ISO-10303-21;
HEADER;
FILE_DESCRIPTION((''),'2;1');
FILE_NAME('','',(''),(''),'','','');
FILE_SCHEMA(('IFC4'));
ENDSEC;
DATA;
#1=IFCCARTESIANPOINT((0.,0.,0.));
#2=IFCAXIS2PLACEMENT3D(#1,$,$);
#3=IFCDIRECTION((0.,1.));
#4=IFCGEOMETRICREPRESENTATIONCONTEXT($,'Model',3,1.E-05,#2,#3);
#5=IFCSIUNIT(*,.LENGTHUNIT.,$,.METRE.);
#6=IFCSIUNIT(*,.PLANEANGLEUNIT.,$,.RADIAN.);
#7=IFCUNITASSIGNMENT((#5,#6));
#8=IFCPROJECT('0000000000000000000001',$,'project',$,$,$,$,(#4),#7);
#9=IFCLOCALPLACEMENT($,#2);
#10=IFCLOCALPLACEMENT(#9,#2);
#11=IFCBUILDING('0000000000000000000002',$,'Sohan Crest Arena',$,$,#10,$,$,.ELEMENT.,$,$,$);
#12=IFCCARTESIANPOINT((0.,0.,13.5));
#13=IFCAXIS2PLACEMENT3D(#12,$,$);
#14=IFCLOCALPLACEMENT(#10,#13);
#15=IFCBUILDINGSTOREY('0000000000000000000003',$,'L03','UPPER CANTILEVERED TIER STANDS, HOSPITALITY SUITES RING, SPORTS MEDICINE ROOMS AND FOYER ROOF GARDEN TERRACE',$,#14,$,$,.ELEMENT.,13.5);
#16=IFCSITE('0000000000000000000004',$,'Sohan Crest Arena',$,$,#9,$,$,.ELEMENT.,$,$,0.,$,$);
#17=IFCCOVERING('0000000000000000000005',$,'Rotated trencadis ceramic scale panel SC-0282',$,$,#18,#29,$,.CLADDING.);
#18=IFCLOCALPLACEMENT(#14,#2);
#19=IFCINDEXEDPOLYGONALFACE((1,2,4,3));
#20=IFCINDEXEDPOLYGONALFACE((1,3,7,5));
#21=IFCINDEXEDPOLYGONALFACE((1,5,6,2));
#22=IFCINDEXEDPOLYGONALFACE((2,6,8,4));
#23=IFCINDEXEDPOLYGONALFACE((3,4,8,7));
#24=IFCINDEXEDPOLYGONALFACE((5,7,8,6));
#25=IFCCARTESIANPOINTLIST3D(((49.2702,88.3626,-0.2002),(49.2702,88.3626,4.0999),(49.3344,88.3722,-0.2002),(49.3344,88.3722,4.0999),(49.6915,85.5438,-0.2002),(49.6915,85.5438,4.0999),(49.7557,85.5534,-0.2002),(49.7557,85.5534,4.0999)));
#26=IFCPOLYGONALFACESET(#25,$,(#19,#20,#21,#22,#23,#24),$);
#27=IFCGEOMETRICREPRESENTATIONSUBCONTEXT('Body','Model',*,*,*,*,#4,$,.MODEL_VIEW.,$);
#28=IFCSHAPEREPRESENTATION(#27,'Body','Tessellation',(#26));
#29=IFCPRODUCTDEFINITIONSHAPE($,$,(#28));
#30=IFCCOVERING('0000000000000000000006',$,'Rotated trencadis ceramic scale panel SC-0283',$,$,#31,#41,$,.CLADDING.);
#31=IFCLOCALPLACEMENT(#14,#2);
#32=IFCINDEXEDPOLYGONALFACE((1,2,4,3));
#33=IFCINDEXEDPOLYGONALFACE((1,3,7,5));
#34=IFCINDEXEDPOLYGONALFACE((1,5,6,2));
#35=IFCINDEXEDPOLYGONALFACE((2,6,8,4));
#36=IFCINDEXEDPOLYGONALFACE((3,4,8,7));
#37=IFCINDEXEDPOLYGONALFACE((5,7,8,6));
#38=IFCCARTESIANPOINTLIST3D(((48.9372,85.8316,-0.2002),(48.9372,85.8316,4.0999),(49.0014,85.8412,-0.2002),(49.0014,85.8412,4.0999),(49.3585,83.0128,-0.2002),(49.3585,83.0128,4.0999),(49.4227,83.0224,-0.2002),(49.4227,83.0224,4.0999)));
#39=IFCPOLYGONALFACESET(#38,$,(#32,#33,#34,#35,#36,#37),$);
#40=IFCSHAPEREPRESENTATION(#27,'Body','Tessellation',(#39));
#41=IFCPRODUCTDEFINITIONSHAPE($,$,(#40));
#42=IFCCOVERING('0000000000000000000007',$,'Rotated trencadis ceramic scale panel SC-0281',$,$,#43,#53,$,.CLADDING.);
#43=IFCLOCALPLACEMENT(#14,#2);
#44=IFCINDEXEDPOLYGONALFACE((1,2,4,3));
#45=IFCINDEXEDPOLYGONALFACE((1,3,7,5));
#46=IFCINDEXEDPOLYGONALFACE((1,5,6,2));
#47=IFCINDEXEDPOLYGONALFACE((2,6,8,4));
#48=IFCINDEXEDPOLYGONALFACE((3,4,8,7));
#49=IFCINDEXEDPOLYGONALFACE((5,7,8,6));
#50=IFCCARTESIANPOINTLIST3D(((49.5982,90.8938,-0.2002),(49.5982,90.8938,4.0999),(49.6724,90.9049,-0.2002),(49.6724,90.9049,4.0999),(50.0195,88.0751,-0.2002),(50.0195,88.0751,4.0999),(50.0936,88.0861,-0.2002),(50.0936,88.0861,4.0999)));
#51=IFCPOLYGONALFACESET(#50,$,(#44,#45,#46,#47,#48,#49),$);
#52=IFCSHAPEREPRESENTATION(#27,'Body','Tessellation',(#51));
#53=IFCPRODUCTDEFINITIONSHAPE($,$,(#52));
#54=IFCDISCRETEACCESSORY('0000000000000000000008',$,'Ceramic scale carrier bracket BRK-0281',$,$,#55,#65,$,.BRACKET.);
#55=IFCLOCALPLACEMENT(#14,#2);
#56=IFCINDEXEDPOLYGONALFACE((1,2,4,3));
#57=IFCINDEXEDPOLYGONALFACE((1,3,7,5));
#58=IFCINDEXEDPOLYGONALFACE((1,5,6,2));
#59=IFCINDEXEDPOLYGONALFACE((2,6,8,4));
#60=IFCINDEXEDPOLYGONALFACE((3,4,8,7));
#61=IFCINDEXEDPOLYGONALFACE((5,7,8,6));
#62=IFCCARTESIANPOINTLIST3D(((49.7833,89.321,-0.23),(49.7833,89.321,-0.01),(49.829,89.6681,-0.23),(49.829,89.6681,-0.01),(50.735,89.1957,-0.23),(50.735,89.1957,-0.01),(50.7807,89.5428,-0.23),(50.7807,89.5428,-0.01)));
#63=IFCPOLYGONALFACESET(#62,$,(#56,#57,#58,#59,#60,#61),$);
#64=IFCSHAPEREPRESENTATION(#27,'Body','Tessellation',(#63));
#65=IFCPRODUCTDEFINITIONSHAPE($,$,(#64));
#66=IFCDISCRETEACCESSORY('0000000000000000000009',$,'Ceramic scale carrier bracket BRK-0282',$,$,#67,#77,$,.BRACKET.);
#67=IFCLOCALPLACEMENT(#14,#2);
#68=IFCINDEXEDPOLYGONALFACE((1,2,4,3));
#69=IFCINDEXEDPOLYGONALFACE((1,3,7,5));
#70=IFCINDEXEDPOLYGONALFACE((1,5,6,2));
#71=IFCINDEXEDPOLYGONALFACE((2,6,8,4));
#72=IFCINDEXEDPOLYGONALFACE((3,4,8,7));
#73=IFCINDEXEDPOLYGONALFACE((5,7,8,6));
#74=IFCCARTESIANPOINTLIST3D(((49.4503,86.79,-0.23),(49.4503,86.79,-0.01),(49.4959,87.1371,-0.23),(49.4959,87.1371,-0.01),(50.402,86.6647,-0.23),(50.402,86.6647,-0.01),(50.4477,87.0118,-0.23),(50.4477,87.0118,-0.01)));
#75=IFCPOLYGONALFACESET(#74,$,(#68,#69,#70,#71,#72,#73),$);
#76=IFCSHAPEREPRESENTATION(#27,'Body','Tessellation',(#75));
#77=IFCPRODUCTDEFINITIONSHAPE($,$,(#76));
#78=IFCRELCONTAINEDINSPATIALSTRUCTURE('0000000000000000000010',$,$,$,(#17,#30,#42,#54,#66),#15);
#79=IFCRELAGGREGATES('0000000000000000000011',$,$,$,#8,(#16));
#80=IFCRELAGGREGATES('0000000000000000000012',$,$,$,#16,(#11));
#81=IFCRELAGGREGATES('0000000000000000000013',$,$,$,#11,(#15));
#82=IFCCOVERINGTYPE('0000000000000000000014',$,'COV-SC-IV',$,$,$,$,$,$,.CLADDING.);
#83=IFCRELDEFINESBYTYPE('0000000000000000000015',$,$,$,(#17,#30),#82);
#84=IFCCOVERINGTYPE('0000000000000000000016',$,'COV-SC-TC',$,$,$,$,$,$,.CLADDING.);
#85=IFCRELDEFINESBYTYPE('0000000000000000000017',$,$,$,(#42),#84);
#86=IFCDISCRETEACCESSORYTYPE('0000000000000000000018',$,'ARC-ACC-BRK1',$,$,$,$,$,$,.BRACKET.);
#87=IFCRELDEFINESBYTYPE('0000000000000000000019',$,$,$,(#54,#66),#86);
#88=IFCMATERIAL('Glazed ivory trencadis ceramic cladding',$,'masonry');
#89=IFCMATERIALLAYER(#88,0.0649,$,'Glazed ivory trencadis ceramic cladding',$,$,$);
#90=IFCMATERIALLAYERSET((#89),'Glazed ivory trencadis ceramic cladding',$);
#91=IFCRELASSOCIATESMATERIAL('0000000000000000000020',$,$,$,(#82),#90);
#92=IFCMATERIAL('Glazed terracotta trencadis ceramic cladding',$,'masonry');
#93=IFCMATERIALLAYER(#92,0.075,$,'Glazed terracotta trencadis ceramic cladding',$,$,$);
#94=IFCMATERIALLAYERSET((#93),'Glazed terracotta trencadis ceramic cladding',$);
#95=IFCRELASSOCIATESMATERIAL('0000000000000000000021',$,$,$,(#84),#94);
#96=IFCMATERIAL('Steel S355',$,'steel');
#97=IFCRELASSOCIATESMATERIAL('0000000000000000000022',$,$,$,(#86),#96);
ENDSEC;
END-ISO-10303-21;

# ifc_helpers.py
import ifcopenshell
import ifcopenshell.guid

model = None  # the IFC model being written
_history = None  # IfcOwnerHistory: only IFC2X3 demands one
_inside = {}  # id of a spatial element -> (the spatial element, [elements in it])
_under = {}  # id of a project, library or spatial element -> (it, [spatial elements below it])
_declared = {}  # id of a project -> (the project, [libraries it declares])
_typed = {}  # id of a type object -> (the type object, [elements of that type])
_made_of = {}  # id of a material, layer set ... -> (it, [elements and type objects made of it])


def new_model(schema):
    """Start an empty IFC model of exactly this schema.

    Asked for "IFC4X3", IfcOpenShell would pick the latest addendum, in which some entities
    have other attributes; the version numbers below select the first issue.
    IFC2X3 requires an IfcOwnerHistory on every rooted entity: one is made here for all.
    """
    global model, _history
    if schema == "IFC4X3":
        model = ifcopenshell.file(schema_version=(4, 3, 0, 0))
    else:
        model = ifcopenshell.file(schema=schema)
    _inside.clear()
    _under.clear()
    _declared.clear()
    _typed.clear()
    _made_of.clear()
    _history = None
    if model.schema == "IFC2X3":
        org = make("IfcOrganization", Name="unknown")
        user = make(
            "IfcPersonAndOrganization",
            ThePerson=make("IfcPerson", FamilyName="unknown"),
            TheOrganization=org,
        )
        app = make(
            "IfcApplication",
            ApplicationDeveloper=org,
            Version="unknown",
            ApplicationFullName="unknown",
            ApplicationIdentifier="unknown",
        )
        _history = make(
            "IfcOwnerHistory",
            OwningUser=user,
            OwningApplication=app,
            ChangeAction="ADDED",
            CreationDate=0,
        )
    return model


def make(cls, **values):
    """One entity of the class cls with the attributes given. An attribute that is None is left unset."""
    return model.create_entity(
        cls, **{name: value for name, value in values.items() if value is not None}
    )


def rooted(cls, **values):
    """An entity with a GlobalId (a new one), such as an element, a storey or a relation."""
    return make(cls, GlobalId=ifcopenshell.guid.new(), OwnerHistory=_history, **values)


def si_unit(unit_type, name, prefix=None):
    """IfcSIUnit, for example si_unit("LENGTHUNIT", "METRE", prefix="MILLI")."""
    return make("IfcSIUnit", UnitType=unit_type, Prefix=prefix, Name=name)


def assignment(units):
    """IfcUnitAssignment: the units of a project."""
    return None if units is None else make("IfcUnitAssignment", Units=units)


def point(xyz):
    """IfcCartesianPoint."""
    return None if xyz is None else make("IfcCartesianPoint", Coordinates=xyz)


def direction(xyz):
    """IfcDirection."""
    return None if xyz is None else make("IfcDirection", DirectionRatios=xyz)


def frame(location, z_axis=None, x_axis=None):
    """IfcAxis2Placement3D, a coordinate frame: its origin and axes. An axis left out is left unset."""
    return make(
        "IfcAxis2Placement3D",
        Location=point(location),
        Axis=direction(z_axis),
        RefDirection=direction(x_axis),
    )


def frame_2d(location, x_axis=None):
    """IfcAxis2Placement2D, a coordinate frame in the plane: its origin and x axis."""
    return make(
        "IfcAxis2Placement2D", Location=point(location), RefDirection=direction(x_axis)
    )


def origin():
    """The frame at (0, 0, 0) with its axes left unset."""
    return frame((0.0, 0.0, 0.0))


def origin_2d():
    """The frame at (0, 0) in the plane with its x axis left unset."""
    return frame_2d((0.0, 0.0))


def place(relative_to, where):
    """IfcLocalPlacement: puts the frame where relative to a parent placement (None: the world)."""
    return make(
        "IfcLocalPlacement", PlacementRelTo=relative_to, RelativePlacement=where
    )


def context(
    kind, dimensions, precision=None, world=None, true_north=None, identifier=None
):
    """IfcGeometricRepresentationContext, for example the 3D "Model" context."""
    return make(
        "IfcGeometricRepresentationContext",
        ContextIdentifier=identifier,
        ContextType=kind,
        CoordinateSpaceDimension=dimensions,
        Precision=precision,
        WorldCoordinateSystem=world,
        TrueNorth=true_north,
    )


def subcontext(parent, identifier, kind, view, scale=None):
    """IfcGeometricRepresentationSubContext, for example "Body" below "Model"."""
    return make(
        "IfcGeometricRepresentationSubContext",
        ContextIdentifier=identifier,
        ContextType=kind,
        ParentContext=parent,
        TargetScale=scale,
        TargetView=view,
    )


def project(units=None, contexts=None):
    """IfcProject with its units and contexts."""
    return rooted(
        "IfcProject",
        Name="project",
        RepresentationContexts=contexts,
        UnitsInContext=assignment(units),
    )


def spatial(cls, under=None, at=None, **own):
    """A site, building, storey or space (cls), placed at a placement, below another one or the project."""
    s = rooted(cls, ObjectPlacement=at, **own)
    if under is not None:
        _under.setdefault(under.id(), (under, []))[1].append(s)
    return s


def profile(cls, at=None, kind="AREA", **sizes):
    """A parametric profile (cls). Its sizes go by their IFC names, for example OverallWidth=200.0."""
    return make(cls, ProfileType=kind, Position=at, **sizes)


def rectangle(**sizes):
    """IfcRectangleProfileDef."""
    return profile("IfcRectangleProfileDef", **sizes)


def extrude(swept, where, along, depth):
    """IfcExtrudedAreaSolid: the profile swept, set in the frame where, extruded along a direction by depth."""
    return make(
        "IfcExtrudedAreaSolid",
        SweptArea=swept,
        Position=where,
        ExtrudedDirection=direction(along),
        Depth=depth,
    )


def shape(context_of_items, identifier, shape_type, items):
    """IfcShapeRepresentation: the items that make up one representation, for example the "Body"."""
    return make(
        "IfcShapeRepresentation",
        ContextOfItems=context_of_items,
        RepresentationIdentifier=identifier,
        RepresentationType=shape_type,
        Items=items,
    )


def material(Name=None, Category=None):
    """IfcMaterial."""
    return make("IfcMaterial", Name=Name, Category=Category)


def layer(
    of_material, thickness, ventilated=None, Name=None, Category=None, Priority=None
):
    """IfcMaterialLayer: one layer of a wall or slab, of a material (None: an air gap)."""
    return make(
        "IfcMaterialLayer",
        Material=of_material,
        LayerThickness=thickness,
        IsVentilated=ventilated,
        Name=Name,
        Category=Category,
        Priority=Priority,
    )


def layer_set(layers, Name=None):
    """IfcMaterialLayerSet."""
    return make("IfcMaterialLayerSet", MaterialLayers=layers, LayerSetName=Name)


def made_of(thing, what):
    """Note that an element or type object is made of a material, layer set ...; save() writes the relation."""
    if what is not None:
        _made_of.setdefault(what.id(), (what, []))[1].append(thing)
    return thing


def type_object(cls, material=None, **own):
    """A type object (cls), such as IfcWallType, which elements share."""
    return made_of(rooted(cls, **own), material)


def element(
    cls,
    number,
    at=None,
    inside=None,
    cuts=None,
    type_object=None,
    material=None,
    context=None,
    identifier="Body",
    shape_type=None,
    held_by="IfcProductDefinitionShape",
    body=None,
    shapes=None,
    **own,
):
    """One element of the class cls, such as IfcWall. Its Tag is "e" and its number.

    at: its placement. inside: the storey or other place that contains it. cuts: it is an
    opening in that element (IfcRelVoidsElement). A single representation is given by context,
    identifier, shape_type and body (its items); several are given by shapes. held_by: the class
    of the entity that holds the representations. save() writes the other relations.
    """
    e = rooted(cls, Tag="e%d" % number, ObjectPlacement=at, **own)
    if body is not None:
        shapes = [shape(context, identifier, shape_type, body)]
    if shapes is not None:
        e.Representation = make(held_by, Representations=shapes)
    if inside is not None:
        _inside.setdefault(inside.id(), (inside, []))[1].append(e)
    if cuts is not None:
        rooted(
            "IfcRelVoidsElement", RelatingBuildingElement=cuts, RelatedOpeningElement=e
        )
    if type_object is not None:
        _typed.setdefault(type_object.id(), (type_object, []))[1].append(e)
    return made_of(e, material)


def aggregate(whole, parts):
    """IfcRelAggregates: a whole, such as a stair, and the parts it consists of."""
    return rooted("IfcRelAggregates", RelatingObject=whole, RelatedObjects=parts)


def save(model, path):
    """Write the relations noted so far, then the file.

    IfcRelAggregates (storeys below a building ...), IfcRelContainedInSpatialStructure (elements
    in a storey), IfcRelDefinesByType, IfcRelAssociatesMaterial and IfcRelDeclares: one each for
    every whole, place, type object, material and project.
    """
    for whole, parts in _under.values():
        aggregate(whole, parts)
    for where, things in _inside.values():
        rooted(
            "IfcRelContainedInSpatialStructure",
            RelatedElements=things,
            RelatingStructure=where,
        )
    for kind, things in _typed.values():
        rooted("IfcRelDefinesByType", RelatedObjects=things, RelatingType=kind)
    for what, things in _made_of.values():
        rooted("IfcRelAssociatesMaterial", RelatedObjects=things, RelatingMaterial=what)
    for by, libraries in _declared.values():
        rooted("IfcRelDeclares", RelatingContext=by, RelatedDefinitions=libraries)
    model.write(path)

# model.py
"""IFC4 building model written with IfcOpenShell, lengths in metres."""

from ifc_helpers import new_model, si_unit, direction, frame, origin, origin_2d, place, context, subcontext, project, spatial, rectangle, extrude, material, layer, layer_set, type_object, element, save


model = new_model("IFC4")

# Units and contexts
model_context = context("Model", 3, precision=1e-05, world=origin(), true_north=direction((0.0, 1.0)))
body_context = subcontext(model_context, "Body", "Model", "MODEL_VIEW")
ifc_project = project(units=[si_unit("LENGTHUNIT", "METRE"), si_unit("PLANEANGLEUNIT", "RADIAN")], contexts=[model_context])

# Site, building, storey
site_placement = place(None, origin())
site = spatial("IfcSite", under=ifc_project, at=site_placement, Name="Sohan Crest Arena", CompositionType="ELEMENT", RefElevation=0.0)
building_placement = place(site_placement, origin())
building = spatial("IfcBuilding", under=site, at=building_placement, Name="Sohan Crest Arena", CompositionType="ELEMENT")
storey_placement = place(building_placement, frame((0.0, 0.0, 13.5)))
storey = spatial("IfcBuildingStorey", under=building, at=storey_placement, Name="L03", Description="UPPER CANTILEVERED TIER STANDS, HOSPITALITY SUITES RING, SPORTS MEDICINE ROOMS AND FOYER ROOF GARDEN TERRACE", CompositionType="ELEMENT", Elevation=13.5)

# Coverings
ifc_material_1 = material(Name="Glazed ivory trencadis ceramic cladding", Category="masonry")
ifc_layer_1 = layer(ifc_material_1, 0.0649, Name="Glazed ivory trencadis ceramic cladding")
ifc_layer_set_1 = layer_set([ifc_layer_1], Name="Glazed ivory trencadis ceramic cladding")
covering_type_1 = type_object("IfcCoveringType", Name="COV-SC-IV", PredefinedType="CLADDING", material=ifc_layer_set_1)
for number, where, z_axis, x_axis, name in (
    (1, (49.5129, 86.958, -0.2002), (0.0, 0.0, 1.0), (0.147809, -0.989016, 0.0), "Rotated trencadis ceramic scale panel SC-0282"),
    (2, (49.1799, 84.427, -0.2002), (0.0, 0.0, 1.0), (0.147809, -0.989016, 0.0), "Rotated trencadis ceramic scale panel SC-0283"),
):
    element("IfcCovering", number, at=place(storey_placement, frame(where, z_axis=z_axis, x_axis=x_axis)), inside=storey, type_object=covering_type_1, Name=name, PredefinedType="CLADDING", context=body_context, shape_type="SweptSolid", body=[
        extrude(rectangle(XDim=2.8501, YDim=0.0649, at=origin_2d()), origin(), (0.0, 0.0, 1.0), 4.3),
    ])
ifc_material_2 = material(Name="Glazed terracotta trencadis ceramic cladding", Category="masonry")
ifc_layer_2 = layer(ifc_material_2, 0.075, Name="Glazed terracotta trencadis ceramic cladding")
ifc_layer_set_2 = layer_set([ifc_layer_2], Name="Glazed terracotta trencadis ceramic cladding")
covering_type_2 = type_object("IfcCoveringType", Name="COV-SC-TC", PredefinedType="CLADDING", material=ifc_layer_set_2)
covering_placement = place(storey_placement, frame((49.8459, 89.49, -0.2002), z_axis=(0.0, 0.0, 1.0), x_axis=(0.147809, -0.989016, 0.0)))
element("IfcCovering", 3, at=covering_placement, inside=storey, type_object=covering_type_2, Name="Rotated trencadis ceramic scale panel SC-0281", PredefinedType="CLADDING", context=body_context, shape_type="SweptSolid", body=[
    extrude(rectangle(XDim=2.8501, YDim=0.075, at=origin_2d()), origin(), (0.0, 0.0, 1.0), 4.3),
])

# Discrete accessories
ifc_material_3 = material(Name="Steel S355", Category="steel")
discrete_accessory_type = type_object("IfcDiscreteAccessoryType", Name="ARC-ACC-BRK1", PredefinedType="BRACKET", material=ifc_material_3)
for number, where, z_axis, x_axis, name in (
    (4, (50.282, 89.4319, -0.23), (0.0, 0.0, 1.0), (-0.130526, -0.991445, 0.0), "Ceramic scale carrier bracket BRK-0281"),
    (5, (49.949, 86.9009, -0.23), (0.0, 0.0, 1.0), (-0.130526, -0.991445, 0.0), "Ceramic scale carrier bracket BRK-0282"),
):
    element("IfcDiscreteAccessory", number, at=place(storey_placement, frame(where, z_axis=z_axis, x_axis=x_axis)), inside=storey, type_object=discrete_accessory_type, Name=name, PredefinedType="BRACKET", context=body_context, shape_type="SweptSolid", body=[
        extrude(rectangle(XDim=0.3501, YDim=0.96, at=origin_2d()), origin(), (0.0, 0.0, 1.0), 0.22),
    ])

save(model, "model.ifc")
